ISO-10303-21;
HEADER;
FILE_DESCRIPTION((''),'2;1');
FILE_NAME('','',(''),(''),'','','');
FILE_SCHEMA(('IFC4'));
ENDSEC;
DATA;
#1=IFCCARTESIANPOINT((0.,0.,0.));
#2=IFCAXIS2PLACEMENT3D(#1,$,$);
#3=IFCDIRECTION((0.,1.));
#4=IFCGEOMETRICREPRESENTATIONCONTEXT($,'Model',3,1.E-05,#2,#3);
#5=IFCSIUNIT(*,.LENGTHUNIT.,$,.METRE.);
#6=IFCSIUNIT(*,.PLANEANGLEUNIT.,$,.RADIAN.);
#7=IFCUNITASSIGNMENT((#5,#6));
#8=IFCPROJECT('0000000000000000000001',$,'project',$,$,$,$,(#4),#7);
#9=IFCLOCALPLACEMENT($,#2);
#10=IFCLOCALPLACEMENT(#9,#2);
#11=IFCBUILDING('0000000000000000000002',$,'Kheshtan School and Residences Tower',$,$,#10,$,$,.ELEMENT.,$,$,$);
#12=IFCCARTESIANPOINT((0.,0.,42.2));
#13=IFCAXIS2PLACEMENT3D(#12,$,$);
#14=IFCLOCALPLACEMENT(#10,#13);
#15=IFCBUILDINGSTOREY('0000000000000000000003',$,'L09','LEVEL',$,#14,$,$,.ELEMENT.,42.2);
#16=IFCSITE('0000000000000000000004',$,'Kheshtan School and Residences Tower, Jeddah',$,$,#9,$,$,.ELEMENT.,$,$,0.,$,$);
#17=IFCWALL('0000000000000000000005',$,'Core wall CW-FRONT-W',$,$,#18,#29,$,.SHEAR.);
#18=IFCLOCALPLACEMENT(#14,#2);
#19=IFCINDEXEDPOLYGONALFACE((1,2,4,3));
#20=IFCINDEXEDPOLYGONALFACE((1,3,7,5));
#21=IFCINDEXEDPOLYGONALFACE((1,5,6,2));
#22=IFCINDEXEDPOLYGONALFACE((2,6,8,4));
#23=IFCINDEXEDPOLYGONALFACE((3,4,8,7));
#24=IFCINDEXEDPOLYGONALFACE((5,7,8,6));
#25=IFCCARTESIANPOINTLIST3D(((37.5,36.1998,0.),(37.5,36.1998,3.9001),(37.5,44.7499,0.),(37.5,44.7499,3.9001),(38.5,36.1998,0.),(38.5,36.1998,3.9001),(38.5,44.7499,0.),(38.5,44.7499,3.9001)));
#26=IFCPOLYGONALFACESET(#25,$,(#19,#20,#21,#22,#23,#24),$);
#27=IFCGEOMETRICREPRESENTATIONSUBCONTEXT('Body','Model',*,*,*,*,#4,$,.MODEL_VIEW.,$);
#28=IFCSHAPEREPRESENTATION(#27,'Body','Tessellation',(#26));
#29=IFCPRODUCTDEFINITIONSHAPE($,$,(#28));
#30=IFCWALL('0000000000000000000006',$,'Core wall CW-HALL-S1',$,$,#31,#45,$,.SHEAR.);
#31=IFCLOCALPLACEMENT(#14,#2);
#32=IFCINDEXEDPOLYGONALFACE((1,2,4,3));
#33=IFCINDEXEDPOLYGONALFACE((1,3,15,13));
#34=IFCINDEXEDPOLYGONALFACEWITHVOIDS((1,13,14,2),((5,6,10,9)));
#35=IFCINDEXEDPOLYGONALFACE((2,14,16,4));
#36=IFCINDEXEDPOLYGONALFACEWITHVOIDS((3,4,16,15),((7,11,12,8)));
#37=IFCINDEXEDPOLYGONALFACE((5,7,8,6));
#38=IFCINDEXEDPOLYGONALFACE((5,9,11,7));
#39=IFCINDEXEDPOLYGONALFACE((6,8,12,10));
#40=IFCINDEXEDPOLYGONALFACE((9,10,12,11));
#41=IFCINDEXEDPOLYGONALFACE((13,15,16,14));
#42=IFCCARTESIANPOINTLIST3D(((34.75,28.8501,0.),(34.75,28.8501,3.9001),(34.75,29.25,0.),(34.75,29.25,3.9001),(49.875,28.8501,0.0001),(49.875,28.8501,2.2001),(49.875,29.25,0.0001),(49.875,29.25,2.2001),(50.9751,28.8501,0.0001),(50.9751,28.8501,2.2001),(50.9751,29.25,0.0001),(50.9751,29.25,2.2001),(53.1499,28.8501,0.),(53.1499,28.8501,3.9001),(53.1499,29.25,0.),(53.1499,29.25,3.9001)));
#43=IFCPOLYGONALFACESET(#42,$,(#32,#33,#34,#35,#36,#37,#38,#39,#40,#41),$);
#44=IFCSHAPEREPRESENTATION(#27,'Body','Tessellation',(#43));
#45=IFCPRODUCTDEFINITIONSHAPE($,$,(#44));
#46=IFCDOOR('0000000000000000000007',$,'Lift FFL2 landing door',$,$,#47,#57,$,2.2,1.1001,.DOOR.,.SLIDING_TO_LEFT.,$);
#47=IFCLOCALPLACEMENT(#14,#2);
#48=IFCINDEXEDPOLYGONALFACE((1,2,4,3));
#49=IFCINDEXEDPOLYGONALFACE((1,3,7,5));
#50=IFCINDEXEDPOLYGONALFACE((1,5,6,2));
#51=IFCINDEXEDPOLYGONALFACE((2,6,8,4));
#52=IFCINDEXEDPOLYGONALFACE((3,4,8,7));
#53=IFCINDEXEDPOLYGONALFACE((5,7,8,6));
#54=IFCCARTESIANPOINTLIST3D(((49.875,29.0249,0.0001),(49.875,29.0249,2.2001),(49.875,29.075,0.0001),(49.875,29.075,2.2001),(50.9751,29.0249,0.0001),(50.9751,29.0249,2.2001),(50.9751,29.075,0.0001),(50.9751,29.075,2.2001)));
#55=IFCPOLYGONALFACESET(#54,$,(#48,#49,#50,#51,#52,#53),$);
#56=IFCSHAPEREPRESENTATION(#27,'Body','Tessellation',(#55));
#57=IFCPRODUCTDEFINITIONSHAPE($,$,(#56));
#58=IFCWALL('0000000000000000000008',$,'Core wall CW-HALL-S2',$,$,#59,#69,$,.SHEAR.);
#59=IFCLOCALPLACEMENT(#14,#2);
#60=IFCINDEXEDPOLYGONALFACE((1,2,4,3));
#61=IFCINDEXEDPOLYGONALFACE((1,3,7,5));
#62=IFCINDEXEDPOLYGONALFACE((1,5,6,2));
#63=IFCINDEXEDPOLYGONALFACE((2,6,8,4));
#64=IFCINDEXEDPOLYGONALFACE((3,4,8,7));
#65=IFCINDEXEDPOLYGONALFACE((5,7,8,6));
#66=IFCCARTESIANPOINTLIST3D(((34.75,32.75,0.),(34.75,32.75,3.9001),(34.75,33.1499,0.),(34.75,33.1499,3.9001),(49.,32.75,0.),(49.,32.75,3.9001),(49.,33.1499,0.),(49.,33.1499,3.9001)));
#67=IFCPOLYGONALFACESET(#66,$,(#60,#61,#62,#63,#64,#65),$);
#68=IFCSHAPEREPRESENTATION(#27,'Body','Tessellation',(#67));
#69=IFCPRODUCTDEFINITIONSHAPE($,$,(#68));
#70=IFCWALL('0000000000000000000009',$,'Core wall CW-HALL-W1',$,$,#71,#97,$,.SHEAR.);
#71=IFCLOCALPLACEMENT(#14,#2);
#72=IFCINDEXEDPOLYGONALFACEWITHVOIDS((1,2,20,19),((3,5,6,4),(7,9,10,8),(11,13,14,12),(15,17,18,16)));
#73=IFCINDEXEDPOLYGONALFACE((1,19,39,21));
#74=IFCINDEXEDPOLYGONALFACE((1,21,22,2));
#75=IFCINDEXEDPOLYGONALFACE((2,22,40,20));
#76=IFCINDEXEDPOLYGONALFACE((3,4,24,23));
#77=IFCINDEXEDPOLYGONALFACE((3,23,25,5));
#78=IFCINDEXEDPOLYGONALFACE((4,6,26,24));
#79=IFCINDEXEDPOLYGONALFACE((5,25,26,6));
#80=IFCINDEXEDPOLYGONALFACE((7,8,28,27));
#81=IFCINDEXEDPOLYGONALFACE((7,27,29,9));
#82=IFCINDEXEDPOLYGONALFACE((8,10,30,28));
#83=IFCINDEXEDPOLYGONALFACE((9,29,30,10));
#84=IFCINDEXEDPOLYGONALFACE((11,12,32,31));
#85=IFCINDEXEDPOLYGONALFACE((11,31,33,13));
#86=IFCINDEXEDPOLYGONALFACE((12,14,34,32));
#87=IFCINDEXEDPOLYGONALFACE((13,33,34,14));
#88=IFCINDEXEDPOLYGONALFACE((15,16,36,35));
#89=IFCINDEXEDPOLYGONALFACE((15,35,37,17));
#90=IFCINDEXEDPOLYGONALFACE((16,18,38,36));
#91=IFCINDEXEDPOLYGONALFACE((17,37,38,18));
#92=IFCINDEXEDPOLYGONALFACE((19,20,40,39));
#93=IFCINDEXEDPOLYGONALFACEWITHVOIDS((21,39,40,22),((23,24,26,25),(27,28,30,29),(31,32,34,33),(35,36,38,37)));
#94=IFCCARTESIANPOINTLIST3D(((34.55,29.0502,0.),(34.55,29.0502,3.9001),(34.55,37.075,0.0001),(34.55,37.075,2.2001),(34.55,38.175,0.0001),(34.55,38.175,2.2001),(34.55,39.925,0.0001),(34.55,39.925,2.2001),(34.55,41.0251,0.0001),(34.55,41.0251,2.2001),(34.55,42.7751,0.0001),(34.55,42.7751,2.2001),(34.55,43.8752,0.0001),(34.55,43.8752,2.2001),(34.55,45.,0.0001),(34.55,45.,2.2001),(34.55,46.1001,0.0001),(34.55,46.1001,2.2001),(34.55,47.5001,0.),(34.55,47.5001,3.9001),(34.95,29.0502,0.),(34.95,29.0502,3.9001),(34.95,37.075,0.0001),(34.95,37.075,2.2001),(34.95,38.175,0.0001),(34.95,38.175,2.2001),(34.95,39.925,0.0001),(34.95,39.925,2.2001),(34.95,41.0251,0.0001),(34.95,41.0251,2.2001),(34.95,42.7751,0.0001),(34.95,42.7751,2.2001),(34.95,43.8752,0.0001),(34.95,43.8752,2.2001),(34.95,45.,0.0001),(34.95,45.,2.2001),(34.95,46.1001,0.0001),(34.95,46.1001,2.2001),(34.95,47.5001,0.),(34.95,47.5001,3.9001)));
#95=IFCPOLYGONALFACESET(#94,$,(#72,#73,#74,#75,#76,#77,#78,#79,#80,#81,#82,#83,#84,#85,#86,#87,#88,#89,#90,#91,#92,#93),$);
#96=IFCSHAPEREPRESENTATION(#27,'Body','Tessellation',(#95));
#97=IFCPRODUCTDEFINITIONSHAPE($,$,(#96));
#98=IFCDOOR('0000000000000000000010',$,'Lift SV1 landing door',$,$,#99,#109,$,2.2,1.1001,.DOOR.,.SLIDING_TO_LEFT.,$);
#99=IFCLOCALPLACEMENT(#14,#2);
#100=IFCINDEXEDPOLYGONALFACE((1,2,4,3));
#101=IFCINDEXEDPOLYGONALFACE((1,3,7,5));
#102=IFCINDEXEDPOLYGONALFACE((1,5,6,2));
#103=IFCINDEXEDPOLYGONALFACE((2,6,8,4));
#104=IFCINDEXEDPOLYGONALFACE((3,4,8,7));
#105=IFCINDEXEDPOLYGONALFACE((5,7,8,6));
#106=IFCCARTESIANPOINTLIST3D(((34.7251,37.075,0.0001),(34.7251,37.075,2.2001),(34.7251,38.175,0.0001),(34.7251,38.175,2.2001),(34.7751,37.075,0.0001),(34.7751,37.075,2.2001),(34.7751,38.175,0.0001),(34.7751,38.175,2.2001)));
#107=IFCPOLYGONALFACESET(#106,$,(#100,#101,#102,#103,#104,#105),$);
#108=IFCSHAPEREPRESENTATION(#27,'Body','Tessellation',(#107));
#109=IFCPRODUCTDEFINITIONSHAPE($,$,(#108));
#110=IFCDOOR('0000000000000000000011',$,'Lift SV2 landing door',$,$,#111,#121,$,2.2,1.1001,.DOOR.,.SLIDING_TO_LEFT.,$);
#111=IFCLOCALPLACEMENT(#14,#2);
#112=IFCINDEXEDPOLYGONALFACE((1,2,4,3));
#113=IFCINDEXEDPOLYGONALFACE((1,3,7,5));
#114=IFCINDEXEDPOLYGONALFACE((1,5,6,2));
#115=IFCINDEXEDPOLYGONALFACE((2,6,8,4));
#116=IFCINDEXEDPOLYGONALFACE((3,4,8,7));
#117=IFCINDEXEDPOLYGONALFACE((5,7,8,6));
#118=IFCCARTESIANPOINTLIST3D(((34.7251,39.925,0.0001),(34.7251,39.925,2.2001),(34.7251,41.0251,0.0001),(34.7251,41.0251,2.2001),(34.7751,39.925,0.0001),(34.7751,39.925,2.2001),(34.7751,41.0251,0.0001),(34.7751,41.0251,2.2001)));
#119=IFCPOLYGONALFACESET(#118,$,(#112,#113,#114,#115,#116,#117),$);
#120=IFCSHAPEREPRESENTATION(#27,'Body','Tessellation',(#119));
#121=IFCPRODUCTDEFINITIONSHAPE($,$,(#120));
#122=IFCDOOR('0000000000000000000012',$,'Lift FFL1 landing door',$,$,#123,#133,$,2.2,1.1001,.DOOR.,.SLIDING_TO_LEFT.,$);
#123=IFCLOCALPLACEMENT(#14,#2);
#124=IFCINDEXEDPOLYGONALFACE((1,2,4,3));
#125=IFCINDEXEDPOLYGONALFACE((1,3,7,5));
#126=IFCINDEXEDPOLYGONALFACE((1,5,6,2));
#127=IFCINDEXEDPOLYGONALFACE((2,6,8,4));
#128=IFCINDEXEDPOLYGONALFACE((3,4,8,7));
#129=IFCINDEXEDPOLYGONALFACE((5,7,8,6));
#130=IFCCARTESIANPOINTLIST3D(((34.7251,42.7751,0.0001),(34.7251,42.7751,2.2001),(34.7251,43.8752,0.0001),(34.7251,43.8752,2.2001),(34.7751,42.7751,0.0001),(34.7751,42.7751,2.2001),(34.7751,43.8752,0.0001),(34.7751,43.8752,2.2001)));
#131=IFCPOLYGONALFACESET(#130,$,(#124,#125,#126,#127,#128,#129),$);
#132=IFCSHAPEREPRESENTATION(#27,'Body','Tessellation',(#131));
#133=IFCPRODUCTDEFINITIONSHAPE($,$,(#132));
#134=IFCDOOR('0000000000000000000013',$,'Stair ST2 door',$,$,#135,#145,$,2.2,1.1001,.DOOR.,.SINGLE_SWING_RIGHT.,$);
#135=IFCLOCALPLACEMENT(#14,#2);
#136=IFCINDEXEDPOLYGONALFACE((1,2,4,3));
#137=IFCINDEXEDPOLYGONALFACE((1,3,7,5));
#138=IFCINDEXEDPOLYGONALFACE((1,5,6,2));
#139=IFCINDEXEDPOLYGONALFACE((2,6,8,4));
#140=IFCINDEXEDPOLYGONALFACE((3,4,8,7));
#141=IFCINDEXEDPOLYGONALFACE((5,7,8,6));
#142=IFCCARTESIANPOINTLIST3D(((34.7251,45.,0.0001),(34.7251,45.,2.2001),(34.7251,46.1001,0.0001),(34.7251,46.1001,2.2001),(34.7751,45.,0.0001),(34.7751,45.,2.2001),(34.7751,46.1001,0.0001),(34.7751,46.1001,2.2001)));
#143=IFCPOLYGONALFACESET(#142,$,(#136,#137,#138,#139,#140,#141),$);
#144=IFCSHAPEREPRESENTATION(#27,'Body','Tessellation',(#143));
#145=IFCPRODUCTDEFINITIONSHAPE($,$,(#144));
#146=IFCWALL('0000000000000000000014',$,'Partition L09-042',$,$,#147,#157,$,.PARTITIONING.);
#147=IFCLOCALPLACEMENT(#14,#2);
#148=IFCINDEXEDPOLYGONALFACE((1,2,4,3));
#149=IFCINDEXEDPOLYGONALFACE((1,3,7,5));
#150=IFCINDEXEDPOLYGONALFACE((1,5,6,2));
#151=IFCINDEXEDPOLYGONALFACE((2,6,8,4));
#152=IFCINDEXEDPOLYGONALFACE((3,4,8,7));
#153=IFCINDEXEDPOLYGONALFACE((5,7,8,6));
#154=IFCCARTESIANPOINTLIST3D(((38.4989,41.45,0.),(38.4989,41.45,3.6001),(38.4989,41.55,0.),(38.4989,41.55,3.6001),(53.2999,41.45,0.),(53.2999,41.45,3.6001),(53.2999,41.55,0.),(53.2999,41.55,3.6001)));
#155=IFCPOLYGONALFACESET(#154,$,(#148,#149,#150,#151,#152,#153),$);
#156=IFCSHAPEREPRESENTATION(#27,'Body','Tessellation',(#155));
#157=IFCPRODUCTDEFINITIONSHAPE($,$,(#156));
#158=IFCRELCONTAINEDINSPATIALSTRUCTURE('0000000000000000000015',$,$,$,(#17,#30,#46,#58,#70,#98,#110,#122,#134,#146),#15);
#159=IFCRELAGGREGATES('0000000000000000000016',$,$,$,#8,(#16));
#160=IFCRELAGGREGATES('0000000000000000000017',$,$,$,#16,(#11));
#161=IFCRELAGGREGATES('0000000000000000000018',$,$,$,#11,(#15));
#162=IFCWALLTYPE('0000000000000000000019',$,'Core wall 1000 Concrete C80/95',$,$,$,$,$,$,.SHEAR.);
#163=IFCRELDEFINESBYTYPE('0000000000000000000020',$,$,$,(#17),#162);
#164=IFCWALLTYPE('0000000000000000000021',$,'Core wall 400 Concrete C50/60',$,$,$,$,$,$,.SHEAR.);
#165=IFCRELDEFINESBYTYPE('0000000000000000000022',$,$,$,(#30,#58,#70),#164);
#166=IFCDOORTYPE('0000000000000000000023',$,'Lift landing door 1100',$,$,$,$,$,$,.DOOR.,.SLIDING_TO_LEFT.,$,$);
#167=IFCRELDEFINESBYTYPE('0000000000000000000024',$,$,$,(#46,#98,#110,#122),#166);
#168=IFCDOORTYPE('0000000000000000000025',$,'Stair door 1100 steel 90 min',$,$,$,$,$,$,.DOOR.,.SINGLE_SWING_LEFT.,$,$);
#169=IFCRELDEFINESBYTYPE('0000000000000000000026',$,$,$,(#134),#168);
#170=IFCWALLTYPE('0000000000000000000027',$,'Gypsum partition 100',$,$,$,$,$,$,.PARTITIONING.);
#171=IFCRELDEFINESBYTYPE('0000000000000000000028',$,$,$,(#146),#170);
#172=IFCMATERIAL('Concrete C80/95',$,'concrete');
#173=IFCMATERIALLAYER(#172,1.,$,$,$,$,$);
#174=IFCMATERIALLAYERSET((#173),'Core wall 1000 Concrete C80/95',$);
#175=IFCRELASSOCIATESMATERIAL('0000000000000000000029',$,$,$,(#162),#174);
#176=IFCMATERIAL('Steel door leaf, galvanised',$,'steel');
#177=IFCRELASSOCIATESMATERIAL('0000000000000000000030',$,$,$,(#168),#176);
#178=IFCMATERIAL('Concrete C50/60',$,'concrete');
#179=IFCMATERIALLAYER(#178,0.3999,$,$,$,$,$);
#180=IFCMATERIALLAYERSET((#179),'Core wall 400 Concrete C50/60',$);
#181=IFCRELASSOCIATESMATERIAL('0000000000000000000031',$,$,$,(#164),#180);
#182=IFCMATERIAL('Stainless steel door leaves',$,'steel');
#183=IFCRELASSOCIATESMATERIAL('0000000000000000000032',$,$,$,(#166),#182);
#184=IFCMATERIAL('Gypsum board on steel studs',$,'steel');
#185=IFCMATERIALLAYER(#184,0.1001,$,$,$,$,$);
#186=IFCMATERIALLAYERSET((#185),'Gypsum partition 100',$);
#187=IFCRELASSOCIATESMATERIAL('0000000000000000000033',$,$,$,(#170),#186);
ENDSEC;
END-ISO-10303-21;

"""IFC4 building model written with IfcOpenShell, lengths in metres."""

from ifc_helpers import new_model, si_unit, direction, frame, frame_2d, origin, place, context, subcontext, project, spatial, rectangle, extrude, source, transform, mapped, material, layer, layer_set, type_object, element, fill, save


model = new_model("IFC4")

# Units and contexts
model_context = context("Model", 3, precision=1e-05, world=origin(), true_north=direction((0.0, 1.0)))
body_context = subcontext(model_context, "Body", "Model", "MODEL_VIEW")
ifc_project = project(units=[si_unit("LENGTHUNIT", "METRE"), si_unit("PLANEANGLEUNIT", "RADIAN")], contexts=[model_context])

# Site, building, storey
site_placement = place(None, origin())
site = spatial("IfcSite", under=ifc_project, at=site_placement, Name="Kheshtan School and Residences Tower, Jeddah", CompositionType="ELEMENT", RefElevation=0.0)
building_placement = place(site_placement, origin())
building = spatial("IfcBuilding", under=site, at=building_placement, Name="Kheshtan School and Residences Tower", CompositionType="ELEMENT")
storey_placement = place(building_placement, frame((0.0, 0.0, 42.2)))
storey = spatial("IfcBuildingStorey", under=building, at=storey_placement, Name="L09", Description="LEVEL", CompositionType="ELEMENT", Elevation=42.2)

# Shared definitions
ifc_material_1 = material(Name="Concrete C80/95", Category="concrete")
ifc_layer_1 = layer(ifc_material_1, 1.0)
ifc_layer_set_1 = layer_set([ifc_layer_1], Name="Core wall 1000 Concrete C80/95")
wall_type_1 = type_object("IfcWallType", Name="Core wall 1000 Concrete C80/95", PredefinedType="SHEAR", material=ifc_layer_set_1)

# Shared definitions
ifc_material_2 = material(Name="Steel door leaf, galvanised", Category="steel")
door_type_1 = type_object("IfcDoorType", Name="Stair door 1100 steel 90 min", OperationType="SINGLE_SWING_LEFT", PredefinedType="DOOR", material=ifc_material_2)

# Wall
wall_1_placement = place(storey_placement, frame((38.0, 36.2, 0.0), z_axis=(0.0, 0.0, 1.0), x_axis=(0.0, 1.0, 0.0)))
element("IfcWall", 1, at=wall_1_placement, inside=storey, type_object=wall_type_1, Name="Core wall CW-FRONT-W", PredefinedType="SHEAR", context=body_context, shape_type="SweptSolid", body=[
    extrude(rectangle(XDim=8.55, YDim=1.0, at=frame_2d((4.2749, 0.0))), origin(), (0.0, 0.0, 1.0), 3.9001),
])

# Wall, opening, door
ifc_material_3 = material(Name="Concrete C50/60", Category="concrete")
ifc_layer_2 = layer(ifc_material_3, 0.3999)
ifc_layer_set_2 = layer_set([ifc_layer_2], Name="Core wall 400 Concrete C50/60")
wall_type_2 = type_object("IfcWallType", Name="Core wall 400 Concrete C50/60", PredefinedType="SHEAR", material=ifc_layer_set_2)
wall_2_placement = place(storey_placement, frame((34.75, 29.05, 0.0), z_axis=(0.0, 0.0, 1.0), x_axis=(1.0, 0.0, 0.0)))
wall_2 = element("IfcWall", 2, at=wall_2_placement, inside=storey, type_object=wall_type_2, Name="Core wall CW-HALL-S1", PredefinedType="SHEAR", context=body_context, shape_type="SweptSolid", body=[
    extrude(rectangle(XDim=18.3999, YDim=0.3999, at=frame_2d((9.2, 0.0))), origin(), (0.0, 0.0, 1.0), 3.9001),
])
opening_1_placement = place(wall_2_placement, frame((15.125, 0.0, 0.0)))
opening_1 = element("IfcOpeningElement", 3, at=opening_1_placement, cuts=wall_2, PredefinedType="OPENING", context=body_context, shape_type="SweptSolid", body=[
    extrude(rectangle(XDim=1.1001, YDim=2.2, at=frame_2d((0.55, 1.1001))), frame((0.0, 0.21, 0.0), z_axis=(0.0, -1.0, 0.0), x_axis=(1.0, 0.0, 0.0)), (0.0, 0.0, 1.0), 0.4199),
])
ifc_material_4 = material(Name="Stainless steel door leaves", Category="steel")
door_type_2 = type_object("IfcDoorType", Name="Lift landing door 1100", OperationType="SLIDING_TO_LEFT", PredefinedType="DOOR", material=ifc_material_4)
shared_shape_1 = source(origin(), body_context, "Body", "SweptSolid", [
    extrude(rectangle(XDim=1.1001, YDim=2.2, at=frame_2d((0.55, 1.1001))), frame((0.0, 0.0249, 0.0), z_axis=(0.0, -1.0, 0.0), x_axis=(1.0, 0.0, 0.0)), (0.0, 0.0, 1.0), 0.05),
])
door_1_placement = place(opening_1_placement, origin())
door_1 = element("IfcDoor", 4, at=door_1_placement, inside=storey, type_object=door_type_2, Name="Lift FFL2 landing door", OperationType="SLIDING_TO_LEFT", OverallHeight=2.2, OverallWidth=1.1001, PredefinedType="DOOR", context=body_context, shape_type="MappedRepresentation", body=[
    mapped(shared_shape_1, transform((0.0, 0.0, 0.0), x_axis=(1.0, 0.0, 0.0), y_axis=(0.0, 1.0, 0.0), z_axis=(0.0, 0.0, 1.0), scale=1.0)),
])
fill(opening_1, door_1)

# Wall
wall_3_placement = place(storey_placement, frame((34.75, 32.95, 0.0), z_axis=(0.0, 0.0, 1.0), x_axis=(1.0, 0.0, 0.0)))
element("IfcWall", 5, at=wall_3_placement, inside=storey, type_object=wall_type_2, Name="Core wall CW-HALL-S2", PredefinedType="SHEAR", context=body_context, shape_type="SweptSolid", body=[
    extrude(rectangle(XDim=14.25, YDim=0.3999, at=frame_2d((7.125, 0.0))), origin(), (0.0, 0.0, 1.0), 3.9001),
])

# Wall, openings, doors
wall_4_placement = place(storey_placement, frame((34.75, 29.05, 0.0), z_axis=(0.0, 0.0, 1.0), x_axis=(0.0, 1.0, 0.0)))
wall_4 = element("IfcWall", 6, at=wall_4_placement, inside=storey, type_object=wall_type_2, Name="Core wall CW-HALL-W1", PredefinedType="SHEAR", context=body_context, shape_type="SweptSolid", body=[
    extrude(rectangle(XDim=18.45, YDim=0.3999, at=frame_2d((9.2251, 0.0))), origin(), (0.0, 0.0, 1.0), 3.9001),
])
opening_2_placement = place(wall_4_placement, frame((8.0249, 0.0, 0.0)))
opening_2 = element("IfcOpeningElement", 7, at=opening_2_placement, cuts=wall_4, PredefinedType="OPENING", context=body_context, shape_type="SweptSolid", body=[
    extrude(rectangle(XDim=1.1001, YDim=2.2, at=frame_2d((0.55, 1.1001))), frame((0.0, 0.21, 0.0), z_axis=(0.0, -1.0, 0.0), x_axis=(1.0, 0.0, 0.0)), (0.0, 0.0, 1.0), 0.4199),
])
opening_3_placement = place(wall_4_placement, frame((10.875, 0.0, 0.0)))
opening_3 = element("IfcOpeningElement", 8, at=opening_3_placement, cuts=wall_4, PredefinedType="OPENING", context=body_context, shape_type="SweptSolid", body=[
    extrude(rectangle(XDim=1.1001, YDim=2.2, at=frame_2d((0.55, 1.1001))), frame((0.0, 0.21, 0.0), z_axis=(0.0, -1.0, 0.0), x_axis=(1.0, 0.0, 0.0)), (0.0, 0.0, 1.0), 0.4199),
])
opening_4_placement = place(wall_4_placement, frame((13.7251, 0.0, 0.0)))
opening_4 = element("IfcOpeningElement", 9, at=opening_4_placement, cuts=wall_4, PredefinedType="OPENING", context=body_context, shape_type="SweptSolid", body=[
    extrude(rectangle(XDim=1.1001, YDim=2.2, at=frame_2d((0.55, 1.1001))), frame((0.0, 0.21, 0.0), z_axis=(0.0, -1.0, 0.0), x_axis=(1.0, 0.0, 0.0)), (0.0, 0.0, 1.0), 0.4199),
])
opening_5_placement = place(wall_4_placement, frame((15.95, 0.0, 0.0)))
opening_5 = element("IfcOpeningElement", 10, at=opening_5_placement, cuts=wall_4, PredefinedType="OPENING", context=body_context, shape_type="SweptSolid", body=[
    extrude(rectangle(XDim=1.1001, YDim=2.2, at=frame_2d((0.55, 1.1001))), frame((0.0, 0.21, 0.0), z_axis=(0.0, -1.0, 0.0), x_axis=(1.0, 0.0, 0.0)), (0.0, 0.0, 1.0), 0.4199),
])
door_2_placement = place(opening_2_placement, origin())
door_2 = element("IfcDoor", 11, at=door_2_placement, inside=storey, type_object=door_type_2, Name="Lift SV1 landing door", OperationType="SLIDING_TO_LEFT", OverallHeight=2.2, OverallWidth=1.1001, PredefinedType="DOOR", context=body_context, shape_type="MappedRepresentation", body=[
    mapped(shared_shape_1, transform((0.0, 0.0, 0.0), x_axis=(1.0, 0.0, 0.0), y_axis=(0.0, 1.0, 0.0), z_axis=(0.0, 0.0, 1.0), scale=1.0)),
])
fill(opening_2, door_2)
door_3_placement = place(opening_3_placement, origin())
door_3 = element("IfcDoor", 12, at=door_3_placement, inside=storey, type_object=door_type_2, Name="Lift SV2 landing door", OperationType="SLIDING_TO_LEFT", OverallHeight=2.2, OverallWidth=1.1001, PredefinedType="DOOR", context=body_context, shape_type="MappedRepresentation", body=[
    mapped(shared_shape_1, transform((0.0, 0.0, 0.0), x_axis=(1.0, 0.0, 0.0), y_axis=(0.0, 1.0, 0.0), z_axis=(0.0, 0.0, 1.0), scale=1.0)),
])
fill(opening_3, door_3)
door_4_placement = place(opening_4_placement, origin())
door_4 = element("IfcDoor", 13, at=door_4_placement, inside=storey, type_object=door_type_2, Name="Lift FFL1 landing door", OperationType="SLIDING_TO_LEFT", OverallHeight=2.2, OverallWidth=1.1001, PredefinedType="DOOR", context=body_context, shape_type="MappedRepresentation", body=[
    mapped(shared_shape_1, transform((0.0, 0.0, 0.0), x_axis=(1.0, 0.0, 0.0), y_axis=(0.0, 1.0, 0.0), z_axis=(0.0, 0.0, 1.0), scale=1.0)),
])
fill(opening_4, door_4)
shared_shape_2 = source(origin(), body_context, "Body", "SweptSolid", [
    extrude(rectangle(XDim=1.1001, YDim=2.2, at=frame_2d((0.55, 1.1001))), frame((0.0, 0.0249, 0.0), z_axis=(0.0, -1.0, 0.0), x_axis=(1.0, 0.0, 0.0)), (0.0, 0.0, 1.0), 0.05),
])
door_5_placement = place(opening_5_placement, origin())
door_5 = element("IfcDoor", 14, at=door_5_placement, inside=storey, type_object=door_type_1, Name="Stair ST2 door", OperationType="SINGLE_SWING_RIGHT", OverallHeight=2.2, OverallWidth=1.1001, PredefinedType="DOOR", context=body_context, shape_type="MappedRepresentation", body=[
    mapped(shared_shape_2, transform((0.0, 0.0, 0.0), x_axis=(1.0, 0.0, 0.0), y_axis=(0.0, 1.0, 0.0), z_axis=(0.0, 0.0, 1.0), scale=1.0)),
])
fill(opening_5, door_5)

# Wall
ifc_material_5 = material(Name="Gypsum board on steel studs", Category="steel")
ifc_layer_3 = layer(ifc_material_5, 0.1001)
ifc_layer_set_3 = layer_set([ifc_layer_3], Name="Gypsum partition 100")
wall_type_3 = type_object("IfcWallType", Name="Gypsum partition 100", PredefinedType="PARTITIONING", material=ifc_layer_set_3)
wall_5_placement = place(storey_placement, frame((38.499, 41.5, 0.0), z_axis=(0.0, 0.0, 1.0), x_axis=(1.0, 0.0, 0.0)))
element("IfcWall", 15, at=wall_5_placement, inside=storey, type_object=wall_type_3, Name="Partition L09-042", PredefinedType="PARTITIONING", context=body_context, shape_type="SweptSolid", body=[
    extrude(rectangle(XDim=14.801, YDim=0.1001, at=frame_2d((7.4004, 0.0))), origin(), (0.0, 0.0, 1.0), 3.6001),
])

save(model, "model.ifc")
